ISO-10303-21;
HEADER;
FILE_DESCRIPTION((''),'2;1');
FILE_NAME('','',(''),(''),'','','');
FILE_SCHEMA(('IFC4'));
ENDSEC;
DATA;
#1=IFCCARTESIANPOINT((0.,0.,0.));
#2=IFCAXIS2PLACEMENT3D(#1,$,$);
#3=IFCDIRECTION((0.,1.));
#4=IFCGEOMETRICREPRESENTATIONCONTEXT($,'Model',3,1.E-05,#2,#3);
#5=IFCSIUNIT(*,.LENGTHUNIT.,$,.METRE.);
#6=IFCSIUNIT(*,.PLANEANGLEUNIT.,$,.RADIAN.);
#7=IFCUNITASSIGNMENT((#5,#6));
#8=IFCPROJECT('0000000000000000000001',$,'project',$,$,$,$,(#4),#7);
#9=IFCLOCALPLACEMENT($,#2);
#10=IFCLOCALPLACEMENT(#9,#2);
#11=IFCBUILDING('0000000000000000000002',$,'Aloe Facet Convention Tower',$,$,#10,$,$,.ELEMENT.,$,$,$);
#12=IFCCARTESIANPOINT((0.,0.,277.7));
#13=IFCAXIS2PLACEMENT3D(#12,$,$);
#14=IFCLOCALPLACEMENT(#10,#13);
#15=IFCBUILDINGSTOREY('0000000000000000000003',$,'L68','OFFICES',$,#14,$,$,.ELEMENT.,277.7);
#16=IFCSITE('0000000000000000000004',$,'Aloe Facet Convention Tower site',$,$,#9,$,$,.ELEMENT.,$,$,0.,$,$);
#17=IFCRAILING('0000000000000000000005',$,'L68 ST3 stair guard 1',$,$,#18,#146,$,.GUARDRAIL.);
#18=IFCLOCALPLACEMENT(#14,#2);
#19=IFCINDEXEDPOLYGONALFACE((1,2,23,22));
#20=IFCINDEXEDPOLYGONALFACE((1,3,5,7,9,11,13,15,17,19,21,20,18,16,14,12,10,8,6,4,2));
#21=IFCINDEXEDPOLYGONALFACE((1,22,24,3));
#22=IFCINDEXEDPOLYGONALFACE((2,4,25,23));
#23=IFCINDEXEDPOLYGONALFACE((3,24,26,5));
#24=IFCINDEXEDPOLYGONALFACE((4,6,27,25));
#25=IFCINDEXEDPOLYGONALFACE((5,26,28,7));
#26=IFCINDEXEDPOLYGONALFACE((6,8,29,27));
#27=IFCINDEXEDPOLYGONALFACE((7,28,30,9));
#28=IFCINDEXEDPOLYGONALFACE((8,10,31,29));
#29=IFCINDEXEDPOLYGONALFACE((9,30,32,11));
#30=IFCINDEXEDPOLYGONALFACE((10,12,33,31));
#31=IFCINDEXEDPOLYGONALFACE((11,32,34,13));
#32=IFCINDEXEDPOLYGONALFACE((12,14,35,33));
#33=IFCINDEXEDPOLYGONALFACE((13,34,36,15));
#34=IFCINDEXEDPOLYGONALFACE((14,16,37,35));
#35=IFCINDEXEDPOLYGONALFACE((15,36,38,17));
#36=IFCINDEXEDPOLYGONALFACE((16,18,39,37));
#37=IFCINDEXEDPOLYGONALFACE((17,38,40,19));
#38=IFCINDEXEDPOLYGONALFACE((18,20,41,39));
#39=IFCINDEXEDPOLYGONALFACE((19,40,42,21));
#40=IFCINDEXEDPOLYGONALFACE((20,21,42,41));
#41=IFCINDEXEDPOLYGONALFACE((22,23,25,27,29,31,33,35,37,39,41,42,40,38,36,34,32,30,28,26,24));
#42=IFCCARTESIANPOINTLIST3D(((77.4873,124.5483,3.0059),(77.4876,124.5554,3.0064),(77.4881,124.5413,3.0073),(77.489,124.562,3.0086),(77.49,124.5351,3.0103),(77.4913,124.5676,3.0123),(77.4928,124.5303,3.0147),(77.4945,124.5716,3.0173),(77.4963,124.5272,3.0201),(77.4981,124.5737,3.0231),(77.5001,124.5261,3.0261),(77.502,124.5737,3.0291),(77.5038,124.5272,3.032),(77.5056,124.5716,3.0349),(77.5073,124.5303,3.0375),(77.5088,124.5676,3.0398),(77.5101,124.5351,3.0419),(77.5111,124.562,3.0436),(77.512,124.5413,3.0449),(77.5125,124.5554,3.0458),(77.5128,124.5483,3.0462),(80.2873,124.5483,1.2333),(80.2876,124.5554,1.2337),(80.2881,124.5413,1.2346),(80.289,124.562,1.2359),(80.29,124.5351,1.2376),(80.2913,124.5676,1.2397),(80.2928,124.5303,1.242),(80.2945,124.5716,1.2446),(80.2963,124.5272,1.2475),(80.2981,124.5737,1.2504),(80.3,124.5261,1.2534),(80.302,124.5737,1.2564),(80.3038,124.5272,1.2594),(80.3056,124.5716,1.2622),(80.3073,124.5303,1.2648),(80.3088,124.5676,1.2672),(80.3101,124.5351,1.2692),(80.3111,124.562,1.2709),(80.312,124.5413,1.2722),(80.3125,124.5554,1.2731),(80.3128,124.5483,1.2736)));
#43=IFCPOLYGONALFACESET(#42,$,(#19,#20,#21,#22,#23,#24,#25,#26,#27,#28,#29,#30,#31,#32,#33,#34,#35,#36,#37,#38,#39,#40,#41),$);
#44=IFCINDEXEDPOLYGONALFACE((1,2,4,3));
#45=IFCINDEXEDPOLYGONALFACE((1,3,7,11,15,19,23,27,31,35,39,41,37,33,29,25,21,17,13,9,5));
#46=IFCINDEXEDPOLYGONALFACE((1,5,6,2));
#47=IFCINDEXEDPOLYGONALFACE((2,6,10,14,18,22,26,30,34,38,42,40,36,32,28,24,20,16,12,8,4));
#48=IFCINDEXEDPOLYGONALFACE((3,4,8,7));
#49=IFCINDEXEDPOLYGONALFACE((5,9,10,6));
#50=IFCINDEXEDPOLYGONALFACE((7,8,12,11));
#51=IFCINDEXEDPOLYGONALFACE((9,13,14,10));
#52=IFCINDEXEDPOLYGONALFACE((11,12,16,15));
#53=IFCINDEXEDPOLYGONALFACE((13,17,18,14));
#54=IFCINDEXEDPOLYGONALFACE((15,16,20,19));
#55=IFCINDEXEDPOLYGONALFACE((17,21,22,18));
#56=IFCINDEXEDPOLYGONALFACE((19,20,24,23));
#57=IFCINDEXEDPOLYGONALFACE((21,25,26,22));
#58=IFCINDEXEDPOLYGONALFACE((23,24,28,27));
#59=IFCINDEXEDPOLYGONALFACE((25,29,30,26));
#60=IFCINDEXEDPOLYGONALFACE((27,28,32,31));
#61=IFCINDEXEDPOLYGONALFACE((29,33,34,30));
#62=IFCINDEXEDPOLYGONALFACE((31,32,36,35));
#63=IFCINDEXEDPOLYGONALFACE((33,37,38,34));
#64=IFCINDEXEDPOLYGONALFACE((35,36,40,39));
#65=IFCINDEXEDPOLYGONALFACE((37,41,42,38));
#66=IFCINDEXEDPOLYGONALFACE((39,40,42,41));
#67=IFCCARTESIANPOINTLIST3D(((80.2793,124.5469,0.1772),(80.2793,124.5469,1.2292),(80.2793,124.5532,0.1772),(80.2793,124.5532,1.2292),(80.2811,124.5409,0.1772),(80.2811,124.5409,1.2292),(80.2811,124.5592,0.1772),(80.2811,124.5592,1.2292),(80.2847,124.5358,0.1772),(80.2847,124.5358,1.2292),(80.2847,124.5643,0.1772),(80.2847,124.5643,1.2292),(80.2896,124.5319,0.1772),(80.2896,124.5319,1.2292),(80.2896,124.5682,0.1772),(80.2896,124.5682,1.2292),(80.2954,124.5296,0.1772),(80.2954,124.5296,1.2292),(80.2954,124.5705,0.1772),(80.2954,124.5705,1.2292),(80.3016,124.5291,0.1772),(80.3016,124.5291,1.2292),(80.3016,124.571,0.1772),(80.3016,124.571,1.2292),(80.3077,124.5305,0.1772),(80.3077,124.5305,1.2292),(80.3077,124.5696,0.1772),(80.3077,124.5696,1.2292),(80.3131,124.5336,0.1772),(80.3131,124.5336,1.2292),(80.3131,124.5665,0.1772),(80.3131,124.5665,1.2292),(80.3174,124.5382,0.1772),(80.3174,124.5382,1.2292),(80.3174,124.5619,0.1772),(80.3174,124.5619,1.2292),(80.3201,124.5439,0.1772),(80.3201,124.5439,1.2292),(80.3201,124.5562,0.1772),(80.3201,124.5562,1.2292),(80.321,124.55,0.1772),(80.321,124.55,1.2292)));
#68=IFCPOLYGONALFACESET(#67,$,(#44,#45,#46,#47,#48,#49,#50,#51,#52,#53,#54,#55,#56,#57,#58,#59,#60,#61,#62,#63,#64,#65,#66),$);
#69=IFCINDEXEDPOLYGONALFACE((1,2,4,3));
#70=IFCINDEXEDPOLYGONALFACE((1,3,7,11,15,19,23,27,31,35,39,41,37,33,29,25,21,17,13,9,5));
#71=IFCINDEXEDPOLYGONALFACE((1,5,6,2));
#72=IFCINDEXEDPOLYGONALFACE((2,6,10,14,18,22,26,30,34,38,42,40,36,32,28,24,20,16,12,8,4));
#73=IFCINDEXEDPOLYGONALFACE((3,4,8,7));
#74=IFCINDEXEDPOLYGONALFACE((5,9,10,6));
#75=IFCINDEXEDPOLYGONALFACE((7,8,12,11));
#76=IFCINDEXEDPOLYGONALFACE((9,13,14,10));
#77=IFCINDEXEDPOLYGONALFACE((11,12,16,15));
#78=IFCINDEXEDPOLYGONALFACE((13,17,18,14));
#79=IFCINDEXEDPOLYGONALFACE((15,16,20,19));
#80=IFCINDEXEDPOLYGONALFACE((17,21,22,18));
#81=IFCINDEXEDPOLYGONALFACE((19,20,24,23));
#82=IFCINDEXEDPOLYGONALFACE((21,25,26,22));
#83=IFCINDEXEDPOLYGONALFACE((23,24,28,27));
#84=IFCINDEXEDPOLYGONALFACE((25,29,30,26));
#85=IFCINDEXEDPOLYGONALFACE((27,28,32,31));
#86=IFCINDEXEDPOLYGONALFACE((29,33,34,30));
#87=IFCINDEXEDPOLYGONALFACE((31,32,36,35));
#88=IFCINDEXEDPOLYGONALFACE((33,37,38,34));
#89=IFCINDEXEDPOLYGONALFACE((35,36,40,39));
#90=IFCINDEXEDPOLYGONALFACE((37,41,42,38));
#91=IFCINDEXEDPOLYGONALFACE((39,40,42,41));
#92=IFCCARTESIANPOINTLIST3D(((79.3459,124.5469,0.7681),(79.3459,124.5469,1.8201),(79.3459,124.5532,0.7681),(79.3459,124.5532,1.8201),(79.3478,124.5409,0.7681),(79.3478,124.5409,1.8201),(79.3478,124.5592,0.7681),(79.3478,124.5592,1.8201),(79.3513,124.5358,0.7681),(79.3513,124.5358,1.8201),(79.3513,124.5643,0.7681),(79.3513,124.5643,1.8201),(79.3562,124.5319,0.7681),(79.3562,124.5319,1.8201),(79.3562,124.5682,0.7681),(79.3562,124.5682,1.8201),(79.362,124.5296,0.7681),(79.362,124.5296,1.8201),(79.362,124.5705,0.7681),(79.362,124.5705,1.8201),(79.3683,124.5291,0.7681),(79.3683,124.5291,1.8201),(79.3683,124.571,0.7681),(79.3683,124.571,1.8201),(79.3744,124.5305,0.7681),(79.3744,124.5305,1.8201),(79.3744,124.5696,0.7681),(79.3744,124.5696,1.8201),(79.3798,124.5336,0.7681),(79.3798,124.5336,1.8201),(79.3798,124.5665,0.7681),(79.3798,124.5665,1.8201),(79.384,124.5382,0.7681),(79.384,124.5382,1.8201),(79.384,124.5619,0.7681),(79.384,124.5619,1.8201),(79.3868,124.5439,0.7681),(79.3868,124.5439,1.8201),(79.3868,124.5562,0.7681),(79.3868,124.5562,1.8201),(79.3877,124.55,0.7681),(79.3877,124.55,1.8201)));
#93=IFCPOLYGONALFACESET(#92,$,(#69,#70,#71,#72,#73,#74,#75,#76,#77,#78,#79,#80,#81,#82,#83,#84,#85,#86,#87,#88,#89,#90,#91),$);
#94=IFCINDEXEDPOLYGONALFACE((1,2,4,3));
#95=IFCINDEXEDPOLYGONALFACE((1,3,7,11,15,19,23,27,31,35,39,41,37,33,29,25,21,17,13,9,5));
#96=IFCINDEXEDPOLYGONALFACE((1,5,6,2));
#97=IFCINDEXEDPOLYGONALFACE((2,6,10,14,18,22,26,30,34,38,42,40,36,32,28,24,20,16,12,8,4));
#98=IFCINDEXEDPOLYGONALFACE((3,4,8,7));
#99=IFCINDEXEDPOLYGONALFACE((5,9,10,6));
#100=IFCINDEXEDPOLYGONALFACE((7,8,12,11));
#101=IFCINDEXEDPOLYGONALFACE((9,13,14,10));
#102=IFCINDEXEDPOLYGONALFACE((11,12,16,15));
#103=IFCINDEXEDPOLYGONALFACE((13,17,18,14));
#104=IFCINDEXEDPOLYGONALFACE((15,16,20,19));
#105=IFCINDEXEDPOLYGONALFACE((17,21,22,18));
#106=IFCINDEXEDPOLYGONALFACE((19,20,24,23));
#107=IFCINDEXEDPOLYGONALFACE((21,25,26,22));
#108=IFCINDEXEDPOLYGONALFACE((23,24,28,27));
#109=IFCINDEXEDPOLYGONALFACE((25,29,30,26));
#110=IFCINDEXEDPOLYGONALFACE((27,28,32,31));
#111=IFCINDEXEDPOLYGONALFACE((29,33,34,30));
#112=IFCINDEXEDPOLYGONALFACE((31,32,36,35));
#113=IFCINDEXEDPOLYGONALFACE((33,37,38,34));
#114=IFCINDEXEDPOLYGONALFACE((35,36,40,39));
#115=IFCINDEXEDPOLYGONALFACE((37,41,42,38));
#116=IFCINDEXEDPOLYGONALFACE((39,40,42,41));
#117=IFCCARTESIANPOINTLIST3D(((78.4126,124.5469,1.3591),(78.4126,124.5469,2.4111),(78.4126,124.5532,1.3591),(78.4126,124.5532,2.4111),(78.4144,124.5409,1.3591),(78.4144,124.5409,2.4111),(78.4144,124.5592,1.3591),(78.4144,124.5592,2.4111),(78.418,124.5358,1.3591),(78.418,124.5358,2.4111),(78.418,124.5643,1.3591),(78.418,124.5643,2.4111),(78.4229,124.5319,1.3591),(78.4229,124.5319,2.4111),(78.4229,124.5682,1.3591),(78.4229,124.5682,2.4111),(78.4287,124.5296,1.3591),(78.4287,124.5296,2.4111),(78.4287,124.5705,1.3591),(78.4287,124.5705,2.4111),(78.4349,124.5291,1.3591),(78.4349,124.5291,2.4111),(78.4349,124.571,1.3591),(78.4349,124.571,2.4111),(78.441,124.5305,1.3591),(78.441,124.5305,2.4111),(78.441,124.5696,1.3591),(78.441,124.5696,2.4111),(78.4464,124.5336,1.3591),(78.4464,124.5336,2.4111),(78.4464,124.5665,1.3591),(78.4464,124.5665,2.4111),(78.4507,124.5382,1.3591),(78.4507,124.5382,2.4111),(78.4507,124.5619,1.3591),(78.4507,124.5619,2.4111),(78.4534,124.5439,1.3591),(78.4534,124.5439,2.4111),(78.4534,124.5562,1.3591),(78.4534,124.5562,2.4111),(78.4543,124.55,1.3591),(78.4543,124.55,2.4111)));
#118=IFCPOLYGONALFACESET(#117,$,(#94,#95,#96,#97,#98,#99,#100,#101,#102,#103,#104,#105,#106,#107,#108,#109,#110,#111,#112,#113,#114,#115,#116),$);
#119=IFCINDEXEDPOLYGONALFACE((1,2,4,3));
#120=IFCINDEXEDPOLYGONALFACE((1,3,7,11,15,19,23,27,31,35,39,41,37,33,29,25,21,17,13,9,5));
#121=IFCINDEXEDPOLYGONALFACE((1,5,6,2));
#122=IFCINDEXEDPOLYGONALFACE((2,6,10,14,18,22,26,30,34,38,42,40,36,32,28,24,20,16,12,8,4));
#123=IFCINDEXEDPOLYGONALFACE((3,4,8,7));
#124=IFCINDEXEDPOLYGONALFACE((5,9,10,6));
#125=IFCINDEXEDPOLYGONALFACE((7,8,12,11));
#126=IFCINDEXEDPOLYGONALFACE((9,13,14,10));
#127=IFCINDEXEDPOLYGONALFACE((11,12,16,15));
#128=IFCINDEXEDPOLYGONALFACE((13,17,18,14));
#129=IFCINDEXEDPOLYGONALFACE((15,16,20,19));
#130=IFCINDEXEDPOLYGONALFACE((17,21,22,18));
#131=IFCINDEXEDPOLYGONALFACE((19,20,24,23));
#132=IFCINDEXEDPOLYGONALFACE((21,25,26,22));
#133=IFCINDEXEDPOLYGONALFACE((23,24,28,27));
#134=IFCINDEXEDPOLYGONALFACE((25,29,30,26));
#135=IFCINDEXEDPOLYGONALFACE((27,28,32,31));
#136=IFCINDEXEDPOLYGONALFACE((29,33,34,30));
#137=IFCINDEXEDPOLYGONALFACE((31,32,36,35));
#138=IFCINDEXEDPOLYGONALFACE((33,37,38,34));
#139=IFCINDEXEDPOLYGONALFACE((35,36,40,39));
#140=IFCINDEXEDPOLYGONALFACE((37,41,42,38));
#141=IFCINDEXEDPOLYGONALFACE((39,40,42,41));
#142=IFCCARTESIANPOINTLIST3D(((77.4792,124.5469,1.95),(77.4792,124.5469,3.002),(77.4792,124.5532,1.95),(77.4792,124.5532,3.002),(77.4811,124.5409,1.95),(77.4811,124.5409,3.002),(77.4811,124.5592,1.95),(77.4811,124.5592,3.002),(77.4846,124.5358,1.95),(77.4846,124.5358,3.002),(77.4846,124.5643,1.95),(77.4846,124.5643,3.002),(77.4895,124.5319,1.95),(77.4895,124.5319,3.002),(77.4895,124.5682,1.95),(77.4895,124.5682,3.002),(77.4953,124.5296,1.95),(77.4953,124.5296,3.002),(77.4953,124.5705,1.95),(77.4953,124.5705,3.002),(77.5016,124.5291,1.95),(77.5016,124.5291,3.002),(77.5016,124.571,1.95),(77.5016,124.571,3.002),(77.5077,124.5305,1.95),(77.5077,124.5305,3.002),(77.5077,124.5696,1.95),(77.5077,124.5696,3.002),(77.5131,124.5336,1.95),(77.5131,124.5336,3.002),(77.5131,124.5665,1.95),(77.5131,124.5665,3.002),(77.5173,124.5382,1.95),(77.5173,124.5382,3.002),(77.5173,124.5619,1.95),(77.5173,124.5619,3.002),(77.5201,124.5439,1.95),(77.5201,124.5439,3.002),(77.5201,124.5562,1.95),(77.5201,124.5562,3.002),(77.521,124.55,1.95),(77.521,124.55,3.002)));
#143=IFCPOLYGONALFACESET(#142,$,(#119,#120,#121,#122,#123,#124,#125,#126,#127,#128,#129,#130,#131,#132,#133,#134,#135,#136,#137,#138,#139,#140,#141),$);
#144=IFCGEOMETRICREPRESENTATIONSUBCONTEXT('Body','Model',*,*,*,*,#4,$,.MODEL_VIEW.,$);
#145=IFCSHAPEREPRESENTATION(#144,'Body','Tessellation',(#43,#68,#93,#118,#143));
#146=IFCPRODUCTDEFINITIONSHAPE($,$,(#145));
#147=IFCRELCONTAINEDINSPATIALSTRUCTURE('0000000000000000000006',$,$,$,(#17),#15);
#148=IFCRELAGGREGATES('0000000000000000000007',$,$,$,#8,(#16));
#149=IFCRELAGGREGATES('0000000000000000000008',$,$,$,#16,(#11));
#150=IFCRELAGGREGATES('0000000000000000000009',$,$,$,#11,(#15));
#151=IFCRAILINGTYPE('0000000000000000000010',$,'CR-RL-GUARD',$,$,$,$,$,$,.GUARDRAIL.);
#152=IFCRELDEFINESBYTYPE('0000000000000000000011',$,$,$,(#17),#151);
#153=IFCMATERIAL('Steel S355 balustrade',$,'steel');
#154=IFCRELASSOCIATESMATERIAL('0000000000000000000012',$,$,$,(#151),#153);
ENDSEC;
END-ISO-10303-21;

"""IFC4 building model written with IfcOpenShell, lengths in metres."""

from ifc_helpers import new_model, si_unit, direction, frame, origin, origin_2d, place, context, subcontext, project, spatial, circle, extrude, material, type_object, element, save


model = new_model("IFC4")

# Units and contexts
model_context = context("Model", 3, precision=1e-05, world=origin(), true_north=direction((0.0, 1.0)))
body_context = subcontext(model_context, "Body", "Model", "MODEL_VIEW")
ifc_project = project(units=[si_unit("LENGTHUNIT", "METRE"), si_unit("PLANEANGLEUNIT", "RADIAN")], contexts=[model_context])

# Site, building, storey
site_placement = place(None, origin())
site = spatial("IfcSite", under=ifc_project, at=site_placement, Name="Aloe Facet Convention Tower site", CompositionType="ELEMENT", RefElevation=0.0)
building_placement = place(site_placement, origin())
building = spatial("IfcBuilding", under=site, at=building_placement, Name="Aloe Facet Convention Tower", CompositionType="ELEMENT")
storey_placement = place(building_placement, frame((0.0, 0.0, 277.7)))
storey = spatial("IfcBuildingStorey", under=building, at=storey_placement, Name="L68", Description="OFFICES", CompositionType="ELEMENT", Elevation=277.7)

# Railing
ifc_material_1 = material(Name="Steel S355 balustrade", Category="steel")
railing_type_1 = type_object("IfcRailingType", Name="CR-RL-GUARD", PredefinedType="GUARDRAIL", material=ifc_material_1)
railing_1_placement = place(storey_placement, frame((80.3, 124.55, 0.1772)))
element("IfcRailing", 1, at=railing_1_placement, inside=storey, type_object=railing_type_1, Name="L68 ST3 stair guard 1", PredefinedType="GUARDRAIL", context=body_context, shape_type="SweptSolid", body=[
    extrude(circle(Radius=0.0239, at=origin_2d()), frame((0.0, 0.0, 1.0762), z_axis=(-0.844909, 0.0, 0.53491), x_axis=(0.0, -1.0, 0.0)), (0.0, 0.0, 1.0), 3.314),
    extrude(circle(Radius=0.021, at=origin_2d()), origin(), (0.0, 0.0, 1.0), 1.052),
    extrude(circle(Radius=0.021, at=origin_2d()), frame((-0.9333, 0.0, 0.5908)), (0.0, 0.0, 1.0), 1.052),
    extrude(circle(Radius=0.021, at=origin_2d()), frame((-1.8667, 0.0, 1.1819)), (0.0, 0.0, 1.0), 1.052),
    extrude(circle(Radius=0.021, at=origin_2d()), frame((-2.8, 0.0, 1.7727)), (0.0, 0.0, 1.0), 1.052),
])

save(model, "model.ifc")
